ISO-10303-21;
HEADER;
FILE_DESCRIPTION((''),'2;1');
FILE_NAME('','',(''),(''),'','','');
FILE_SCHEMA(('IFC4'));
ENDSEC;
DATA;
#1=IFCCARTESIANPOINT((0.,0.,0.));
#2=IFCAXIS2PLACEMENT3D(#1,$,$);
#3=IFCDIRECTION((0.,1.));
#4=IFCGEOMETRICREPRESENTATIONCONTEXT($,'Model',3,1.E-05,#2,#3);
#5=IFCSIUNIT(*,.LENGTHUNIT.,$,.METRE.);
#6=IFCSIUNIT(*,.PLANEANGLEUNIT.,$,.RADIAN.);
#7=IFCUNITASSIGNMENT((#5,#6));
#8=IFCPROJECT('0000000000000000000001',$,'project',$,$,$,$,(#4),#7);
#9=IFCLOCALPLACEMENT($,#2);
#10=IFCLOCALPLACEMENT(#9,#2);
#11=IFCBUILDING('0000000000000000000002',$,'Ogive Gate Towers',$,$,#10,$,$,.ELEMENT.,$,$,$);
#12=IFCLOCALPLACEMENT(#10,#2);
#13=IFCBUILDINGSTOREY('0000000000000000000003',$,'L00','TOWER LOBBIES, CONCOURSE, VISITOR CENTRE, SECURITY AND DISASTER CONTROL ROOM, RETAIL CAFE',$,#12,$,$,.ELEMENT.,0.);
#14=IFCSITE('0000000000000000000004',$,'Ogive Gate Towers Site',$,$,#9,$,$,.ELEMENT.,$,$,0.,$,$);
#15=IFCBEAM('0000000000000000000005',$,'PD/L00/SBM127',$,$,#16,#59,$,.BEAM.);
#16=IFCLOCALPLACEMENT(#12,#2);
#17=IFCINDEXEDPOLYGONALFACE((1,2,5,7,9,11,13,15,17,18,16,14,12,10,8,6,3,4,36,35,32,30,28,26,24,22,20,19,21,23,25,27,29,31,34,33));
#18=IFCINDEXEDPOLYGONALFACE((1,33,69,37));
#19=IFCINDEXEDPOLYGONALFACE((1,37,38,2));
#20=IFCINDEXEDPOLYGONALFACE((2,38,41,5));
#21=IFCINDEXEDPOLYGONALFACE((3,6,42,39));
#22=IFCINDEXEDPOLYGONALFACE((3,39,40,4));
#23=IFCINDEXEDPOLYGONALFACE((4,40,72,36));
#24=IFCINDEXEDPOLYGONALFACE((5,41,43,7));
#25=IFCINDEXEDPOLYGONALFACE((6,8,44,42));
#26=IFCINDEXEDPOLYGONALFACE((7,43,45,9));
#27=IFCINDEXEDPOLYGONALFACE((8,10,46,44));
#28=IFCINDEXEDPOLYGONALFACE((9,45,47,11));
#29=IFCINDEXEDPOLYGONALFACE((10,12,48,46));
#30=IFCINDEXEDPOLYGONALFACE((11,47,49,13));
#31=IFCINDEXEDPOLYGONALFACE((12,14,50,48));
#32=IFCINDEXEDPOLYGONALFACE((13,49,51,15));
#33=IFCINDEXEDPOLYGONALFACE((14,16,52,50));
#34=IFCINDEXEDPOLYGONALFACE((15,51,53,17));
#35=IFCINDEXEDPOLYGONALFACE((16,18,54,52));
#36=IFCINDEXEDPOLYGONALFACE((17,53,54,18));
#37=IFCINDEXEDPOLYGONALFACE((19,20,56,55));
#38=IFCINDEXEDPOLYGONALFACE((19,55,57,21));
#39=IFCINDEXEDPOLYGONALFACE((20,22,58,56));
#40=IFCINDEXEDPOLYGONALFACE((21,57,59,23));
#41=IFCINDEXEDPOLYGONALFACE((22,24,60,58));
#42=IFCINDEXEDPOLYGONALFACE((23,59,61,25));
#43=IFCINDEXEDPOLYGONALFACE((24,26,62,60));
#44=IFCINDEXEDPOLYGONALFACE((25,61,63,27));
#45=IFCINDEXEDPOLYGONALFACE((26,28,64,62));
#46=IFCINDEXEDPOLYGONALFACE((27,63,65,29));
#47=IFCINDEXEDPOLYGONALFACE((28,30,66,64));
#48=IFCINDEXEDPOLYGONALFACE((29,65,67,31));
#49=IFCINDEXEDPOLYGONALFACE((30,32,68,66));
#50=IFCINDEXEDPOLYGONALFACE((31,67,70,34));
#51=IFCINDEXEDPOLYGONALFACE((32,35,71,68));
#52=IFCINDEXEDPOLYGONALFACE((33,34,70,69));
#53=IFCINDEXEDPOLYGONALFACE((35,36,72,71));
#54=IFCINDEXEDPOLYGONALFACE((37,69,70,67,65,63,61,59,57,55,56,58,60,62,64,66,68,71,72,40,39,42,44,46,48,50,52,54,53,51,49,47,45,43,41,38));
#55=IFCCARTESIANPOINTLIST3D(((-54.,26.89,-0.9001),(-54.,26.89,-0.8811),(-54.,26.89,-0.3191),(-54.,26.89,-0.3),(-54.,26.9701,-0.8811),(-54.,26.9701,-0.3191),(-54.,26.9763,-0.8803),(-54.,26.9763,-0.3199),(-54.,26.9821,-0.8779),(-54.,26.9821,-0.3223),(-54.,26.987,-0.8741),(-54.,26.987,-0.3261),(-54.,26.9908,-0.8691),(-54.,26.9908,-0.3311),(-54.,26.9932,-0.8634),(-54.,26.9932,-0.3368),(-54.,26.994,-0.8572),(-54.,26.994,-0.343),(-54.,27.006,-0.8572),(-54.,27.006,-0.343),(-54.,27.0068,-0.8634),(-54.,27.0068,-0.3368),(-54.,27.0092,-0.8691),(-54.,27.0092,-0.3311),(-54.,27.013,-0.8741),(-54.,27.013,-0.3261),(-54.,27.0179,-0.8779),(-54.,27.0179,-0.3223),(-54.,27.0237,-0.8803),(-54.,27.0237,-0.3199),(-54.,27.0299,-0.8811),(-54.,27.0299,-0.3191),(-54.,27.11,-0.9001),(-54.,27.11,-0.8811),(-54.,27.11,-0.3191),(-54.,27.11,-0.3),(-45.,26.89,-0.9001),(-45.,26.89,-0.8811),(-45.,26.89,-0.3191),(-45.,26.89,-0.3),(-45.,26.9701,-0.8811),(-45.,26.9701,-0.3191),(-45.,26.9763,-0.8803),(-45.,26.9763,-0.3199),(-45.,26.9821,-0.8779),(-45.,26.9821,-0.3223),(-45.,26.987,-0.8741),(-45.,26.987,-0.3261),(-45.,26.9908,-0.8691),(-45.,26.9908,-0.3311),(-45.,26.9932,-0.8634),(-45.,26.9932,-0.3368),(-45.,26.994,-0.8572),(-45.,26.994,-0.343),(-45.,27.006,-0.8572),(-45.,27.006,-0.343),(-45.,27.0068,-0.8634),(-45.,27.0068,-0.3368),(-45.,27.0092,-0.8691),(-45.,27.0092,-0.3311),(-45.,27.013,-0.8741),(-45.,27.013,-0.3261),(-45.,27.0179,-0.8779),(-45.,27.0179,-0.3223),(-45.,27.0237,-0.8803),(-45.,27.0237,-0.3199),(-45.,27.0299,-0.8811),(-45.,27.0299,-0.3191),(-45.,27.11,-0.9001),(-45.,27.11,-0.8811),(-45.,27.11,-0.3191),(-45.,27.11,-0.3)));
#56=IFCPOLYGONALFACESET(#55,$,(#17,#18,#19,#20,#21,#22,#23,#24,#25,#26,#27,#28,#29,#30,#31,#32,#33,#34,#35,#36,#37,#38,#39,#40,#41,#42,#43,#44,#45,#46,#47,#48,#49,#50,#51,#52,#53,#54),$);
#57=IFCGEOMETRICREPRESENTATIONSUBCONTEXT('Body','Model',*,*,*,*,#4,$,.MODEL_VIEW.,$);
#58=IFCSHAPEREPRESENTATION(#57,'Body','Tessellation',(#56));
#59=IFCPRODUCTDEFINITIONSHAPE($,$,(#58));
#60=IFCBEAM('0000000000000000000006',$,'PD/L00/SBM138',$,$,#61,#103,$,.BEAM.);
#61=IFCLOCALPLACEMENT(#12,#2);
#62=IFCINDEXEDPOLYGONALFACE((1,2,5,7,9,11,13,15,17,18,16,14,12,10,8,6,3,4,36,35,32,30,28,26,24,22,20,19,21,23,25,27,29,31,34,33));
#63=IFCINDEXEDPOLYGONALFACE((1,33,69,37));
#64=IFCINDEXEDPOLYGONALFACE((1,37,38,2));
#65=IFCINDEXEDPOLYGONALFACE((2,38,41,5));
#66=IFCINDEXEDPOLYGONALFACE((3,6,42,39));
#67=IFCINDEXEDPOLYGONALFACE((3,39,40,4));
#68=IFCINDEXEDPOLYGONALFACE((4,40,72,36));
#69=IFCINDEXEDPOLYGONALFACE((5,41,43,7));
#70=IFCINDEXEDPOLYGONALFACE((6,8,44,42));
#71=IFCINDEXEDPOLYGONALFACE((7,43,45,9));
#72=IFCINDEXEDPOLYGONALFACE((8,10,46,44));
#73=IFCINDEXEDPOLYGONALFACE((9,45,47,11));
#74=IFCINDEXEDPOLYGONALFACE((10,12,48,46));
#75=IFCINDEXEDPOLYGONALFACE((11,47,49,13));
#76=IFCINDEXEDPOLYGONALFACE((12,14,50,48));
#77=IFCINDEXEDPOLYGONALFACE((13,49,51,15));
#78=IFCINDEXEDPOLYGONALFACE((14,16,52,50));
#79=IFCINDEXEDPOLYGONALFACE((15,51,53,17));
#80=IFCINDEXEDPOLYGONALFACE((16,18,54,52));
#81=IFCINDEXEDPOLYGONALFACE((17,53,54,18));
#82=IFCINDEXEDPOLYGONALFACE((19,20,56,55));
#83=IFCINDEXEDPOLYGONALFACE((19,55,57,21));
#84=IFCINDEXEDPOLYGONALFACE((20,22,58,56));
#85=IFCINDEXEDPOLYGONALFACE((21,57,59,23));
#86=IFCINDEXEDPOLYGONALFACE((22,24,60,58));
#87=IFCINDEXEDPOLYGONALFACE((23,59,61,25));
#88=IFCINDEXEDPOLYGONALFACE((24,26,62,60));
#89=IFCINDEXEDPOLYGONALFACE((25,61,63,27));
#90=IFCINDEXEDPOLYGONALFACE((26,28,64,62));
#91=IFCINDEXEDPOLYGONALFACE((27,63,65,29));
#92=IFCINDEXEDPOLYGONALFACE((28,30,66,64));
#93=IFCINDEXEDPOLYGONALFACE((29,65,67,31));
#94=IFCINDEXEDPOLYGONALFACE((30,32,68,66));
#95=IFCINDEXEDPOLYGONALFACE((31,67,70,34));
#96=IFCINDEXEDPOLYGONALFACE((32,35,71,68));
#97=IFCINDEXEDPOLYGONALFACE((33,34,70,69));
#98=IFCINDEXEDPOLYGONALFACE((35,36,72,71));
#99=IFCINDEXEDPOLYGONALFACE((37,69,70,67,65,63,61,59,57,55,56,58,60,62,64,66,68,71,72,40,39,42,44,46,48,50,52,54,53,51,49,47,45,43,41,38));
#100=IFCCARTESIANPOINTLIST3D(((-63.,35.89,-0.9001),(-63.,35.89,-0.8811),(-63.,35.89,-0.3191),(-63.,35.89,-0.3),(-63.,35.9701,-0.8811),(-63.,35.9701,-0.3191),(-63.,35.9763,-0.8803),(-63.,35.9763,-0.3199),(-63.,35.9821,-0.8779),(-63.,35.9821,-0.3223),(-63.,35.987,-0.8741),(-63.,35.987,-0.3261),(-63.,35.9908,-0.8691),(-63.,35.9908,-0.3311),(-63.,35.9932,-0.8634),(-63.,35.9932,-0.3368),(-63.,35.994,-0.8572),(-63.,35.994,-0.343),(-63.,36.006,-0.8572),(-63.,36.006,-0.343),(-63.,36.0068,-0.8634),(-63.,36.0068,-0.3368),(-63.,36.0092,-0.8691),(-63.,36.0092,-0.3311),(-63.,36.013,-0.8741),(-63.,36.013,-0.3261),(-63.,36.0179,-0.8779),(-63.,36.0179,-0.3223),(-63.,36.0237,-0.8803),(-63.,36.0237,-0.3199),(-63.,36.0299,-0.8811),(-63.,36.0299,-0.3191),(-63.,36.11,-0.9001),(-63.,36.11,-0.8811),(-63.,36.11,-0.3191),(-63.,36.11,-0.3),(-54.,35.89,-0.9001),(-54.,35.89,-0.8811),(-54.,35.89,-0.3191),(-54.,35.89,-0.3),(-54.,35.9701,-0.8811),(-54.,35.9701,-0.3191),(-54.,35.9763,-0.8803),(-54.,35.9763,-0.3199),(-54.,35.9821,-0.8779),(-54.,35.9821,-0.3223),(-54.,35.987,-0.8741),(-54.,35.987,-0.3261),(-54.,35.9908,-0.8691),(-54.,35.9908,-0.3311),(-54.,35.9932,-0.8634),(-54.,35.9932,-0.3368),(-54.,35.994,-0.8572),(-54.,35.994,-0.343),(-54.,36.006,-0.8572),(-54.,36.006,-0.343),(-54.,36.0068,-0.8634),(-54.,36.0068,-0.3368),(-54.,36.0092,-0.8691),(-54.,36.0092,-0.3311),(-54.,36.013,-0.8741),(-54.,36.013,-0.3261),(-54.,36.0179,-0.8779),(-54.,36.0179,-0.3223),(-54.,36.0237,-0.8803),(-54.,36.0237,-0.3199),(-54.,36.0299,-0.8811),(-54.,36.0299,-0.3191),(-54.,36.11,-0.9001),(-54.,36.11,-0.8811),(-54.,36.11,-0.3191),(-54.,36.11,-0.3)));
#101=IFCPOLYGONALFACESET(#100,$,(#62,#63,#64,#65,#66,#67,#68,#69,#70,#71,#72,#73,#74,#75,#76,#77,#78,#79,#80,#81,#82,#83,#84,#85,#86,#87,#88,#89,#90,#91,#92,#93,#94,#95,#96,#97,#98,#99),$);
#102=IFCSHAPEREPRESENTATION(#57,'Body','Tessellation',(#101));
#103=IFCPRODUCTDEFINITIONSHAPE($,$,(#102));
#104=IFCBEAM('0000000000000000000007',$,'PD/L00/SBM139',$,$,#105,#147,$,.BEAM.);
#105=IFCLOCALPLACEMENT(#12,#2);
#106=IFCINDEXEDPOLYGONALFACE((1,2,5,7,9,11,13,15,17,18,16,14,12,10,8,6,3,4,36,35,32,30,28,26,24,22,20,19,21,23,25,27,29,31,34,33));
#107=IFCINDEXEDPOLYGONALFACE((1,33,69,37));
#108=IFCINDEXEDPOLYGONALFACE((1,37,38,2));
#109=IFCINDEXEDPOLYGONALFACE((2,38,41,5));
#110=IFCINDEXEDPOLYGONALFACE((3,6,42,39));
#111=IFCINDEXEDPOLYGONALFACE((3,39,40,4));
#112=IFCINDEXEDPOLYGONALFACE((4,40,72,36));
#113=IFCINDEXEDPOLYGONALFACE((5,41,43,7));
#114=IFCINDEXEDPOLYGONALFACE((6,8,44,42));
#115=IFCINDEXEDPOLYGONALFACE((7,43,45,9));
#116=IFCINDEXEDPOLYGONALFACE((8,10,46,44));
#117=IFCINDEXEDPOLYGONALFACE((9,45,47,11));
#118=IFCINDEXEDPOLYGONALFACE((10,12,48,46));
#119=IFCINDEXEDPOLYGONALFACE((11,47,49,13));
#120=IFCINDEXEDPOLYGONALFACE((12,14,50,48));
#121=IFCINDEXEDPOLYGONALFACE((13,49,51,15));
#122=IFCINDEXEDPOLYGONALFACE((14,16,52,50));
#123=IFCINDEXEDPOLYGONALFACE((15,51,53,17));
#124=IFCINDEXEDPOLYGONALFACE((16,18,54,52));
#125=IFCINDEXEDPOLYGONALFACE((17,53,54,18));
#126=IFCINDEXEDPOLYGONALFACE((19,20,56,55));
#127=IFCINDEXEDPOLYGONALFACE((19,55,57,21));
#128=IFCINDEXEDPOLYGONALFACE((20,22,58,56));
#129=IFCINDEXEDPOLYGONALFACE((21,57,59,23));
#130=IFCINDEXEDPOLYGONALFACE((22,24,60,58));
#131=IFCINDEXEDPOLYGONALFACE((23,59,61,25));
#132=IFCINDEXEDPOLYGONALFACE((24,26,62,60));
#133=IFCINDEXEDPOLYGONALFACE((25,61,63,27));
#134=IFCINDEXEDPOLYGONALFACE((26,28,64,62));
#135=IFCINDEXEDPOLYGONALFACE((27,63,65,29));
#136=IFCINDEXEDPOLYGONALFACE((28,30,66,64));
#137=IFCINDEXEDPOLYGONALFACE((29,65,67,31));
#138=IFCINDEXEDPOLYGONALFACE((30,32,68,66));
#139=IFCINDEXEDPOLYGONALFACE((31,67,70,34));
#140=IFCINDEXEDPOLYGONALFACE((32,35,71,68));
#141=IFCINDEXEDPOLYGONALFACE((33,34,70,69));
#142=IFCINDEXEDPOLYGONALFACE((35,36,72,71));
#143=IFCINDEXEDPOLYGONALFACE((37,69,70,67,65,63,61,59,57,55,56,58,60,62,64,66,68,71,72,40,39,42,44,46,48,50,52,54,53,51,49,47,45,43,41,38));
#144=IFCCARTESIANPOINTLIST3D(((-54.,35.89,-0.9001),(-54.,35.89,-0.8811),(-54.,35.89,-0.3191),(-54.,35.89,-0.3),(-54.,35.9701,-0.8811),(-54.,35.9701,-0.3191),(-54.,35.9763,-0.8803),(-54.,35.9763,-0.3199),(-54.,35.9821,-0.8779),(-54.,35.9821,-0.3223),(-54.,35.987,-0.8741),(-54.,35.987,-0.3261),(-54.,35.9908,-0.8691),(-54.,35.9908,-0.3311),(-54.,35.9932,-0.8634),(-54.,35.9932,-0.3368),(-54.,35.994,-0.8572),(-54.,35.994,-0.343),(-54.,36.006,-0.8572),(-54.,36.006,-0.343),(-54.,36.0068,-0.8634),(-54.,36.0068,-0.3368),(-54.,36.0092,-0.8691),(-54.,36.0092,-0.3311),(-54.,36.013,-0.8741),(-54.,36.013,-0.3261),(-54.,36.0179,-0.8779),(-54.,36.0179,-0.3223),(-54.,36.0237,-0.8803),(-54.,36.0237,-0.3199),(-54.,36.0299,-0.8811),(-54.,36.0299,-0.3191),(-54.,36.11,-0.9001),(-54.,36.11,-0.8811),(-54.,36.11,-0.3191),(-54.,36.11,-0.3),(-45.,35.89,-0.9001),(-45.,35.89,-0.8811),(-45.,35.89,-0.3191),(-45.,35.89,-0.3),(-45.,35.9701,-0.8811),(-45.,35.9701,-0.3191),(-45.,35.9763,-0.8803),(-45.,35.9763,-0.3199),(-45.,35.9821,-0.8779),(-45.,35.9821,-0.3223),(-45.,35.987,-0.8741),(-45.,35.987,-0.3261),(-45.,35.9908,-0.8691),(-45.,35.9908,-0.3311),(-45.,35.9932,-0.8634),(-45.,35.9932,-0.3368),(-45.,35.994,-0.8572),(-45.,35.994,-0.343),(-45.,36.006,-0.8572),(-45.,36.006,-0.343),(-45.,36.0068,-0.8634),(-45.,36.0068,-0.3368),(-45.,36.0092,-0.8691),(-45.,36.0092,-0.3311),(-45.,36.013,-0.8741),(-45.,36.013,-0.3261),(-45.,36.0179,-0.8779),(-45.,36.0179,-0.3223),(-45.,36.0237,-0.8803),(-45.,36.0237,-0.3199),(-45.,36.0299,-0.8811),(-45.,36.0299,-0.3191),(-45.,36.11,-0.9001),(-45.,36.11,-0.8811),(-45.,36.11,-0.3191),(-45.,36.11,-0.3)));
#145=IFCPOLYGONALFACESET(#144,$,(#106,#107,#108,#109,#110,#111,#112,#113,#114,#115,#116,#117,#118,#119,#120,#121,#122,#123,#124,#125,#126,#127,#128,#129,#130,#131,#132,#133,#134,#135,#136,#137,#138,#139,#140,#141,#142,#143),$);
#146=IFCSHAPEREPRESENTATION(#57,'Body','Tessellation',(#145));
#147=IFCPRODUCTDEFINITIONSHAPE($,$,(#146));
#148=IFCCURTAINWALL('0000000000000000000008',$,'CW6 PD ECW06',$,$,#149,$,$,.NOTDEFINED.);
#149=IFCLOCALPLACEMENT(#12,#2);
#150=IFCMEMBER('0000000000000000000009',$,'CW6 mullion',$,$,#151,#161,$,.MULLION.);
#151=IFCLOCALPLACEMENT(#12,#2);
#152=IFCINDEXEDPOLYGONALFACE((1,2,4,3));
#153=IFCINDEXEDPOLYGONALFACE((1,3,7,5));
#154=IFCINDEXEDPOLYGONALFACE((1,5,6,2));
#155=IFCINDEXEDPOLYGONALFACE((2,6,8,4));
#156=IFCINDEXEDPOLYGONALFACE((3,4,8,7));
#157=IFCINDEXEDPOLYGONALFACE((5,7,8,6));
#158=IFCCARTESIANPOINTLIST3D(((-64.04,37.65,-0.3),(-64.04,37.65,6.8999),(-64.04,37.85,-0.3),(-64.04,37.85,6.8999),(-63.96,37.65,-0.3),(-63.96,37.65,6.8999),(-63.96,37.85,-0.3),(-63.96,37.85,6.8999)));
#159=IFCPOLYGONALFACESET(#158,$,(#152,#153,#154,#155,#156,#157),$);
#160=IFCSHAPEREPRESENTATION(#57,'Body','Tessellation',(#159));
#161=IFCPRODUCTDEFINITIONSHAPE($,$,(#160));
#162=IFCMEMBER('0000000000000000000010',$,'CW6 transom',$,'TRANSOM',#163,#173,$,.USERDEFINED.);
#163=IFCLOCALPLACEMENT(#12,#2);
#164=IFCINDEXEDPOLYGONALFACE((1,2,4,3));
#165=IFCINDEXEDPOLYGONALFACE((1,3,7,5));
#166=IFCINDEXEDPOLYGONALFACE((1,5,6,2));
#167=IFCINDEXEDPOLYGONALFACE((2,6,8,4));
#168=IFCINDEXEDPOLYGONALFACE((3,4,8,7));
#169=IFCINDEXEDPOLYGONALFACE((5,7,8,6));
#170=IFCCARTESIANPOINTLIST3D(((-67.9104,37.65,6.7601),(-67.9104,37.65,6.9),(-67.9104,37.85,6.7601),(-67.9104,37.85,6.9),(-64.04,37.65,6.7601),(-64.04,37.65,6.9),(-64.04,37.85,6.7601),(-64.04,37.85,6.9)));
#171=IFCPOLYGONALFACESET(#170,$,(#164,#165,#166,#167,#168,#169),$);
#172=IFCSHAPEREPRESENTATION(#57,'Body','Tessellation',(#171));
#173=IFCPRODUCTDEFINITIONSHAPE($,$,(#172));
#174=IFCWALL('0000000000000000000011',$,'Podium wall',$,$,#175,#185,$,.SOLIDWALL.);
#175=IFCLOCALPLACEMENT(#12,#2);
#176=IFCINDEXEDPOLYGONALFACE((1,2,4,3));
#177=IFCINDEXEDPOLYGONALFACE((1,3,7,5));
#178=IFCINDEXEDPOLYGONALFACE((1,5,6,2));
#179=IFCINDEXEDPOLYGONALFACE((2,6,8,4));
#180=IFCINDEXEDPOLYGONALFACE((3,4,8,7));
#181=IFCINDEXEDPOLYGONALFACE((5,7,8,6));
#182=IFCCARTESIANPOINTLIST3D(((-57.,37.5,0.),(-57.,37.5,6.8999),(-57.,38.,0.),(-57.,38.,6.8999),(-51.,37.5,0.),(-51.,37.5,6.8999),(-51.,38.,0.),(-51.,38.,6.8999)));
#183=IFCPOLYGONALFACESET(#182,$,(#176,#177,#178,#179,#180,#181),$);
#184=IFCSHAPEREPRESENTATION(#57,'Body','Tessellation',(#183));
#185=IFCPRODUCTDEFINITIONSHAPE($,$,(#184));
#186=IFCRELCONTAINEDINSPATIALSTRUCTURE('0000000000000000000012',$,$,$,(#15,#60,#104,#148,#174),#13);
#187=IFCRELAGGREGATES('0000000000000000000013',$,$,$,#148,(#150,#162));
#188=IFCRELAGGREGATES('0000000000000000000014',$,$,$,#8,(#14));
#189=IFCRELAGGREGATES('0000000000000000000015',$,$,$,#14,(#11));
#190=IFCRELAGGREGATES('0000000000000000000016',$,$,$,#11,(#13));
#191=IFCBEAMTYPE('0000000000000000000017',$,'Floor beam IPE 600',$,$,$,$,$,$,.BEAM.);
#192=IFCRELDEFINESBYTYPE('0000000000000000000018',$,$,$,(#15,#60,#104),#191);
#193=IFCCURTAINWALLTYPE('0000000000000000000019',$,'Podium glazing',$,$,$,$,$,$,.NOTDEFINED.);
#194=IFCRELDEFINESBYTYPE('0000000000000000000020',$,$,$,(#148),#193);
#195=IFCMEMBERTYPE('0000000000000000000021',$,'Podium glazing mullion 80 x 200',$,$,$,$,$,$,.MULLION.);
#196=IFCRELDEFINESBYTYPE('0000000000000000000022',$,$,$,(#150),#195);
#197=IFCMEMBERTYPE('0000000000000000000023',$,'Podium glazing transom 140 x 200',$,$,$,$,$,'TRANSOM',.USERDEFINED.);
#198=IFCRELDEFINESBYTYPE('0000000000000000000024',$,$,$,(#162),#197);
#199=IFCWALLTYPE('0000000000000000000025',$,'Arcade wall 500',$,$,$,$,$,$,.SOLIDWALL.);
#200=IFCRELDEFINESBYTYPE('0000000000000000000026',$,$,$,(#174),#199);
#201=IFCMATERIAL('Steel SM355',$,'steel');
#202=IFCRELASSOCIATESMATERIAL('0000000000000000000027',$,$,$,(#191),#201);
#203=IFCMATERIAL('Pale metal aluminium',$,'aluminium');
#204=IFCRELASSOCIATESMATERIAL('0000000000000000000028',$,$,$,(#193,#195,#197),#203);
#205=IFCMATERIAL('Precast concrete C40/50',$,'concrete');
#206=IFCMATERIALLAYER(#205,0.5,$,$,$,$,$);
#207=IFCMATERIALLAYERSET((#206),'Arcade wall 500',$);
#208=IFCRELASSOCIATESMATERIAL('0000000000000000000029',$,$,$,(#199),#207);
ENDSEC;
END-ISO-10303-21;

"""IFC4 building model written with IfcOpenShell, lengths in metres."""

from ifc_helpers import new_model, si_unit, direction, frame, frame_2d, origin, origin_2d, place, context, subcontext, project, spatial, rectangle, i_section, extrude, material, layer, layer_set, material_profile, profile_set, type_object, element, aggregate, save


model = new_model("IFC4")

# Units and contexts
model_context = context("Model", 3, precision=1e-05, world=origin(), true_north=direction((0.0, 1.0)))
body_context = subcontext(model_context, "Body", "Model", "MODEL_VIEW")
ifc_project = project(units=[si_unit("LENGTHUNIT", "METRE"), si_unit("PLANEANGLEUNIT", "RADIAN")], contexts=[model_context])

# Site, building, storey
site_placement = place(None, origin())
site = spatial("IfcSite", under=ifc_project, at=site_placement, Name="Ogive Gate Towers Site", CompositionType="ELEMENT", RefElevation=0.0)
building_placement = place(site_placement, origin())
building = spatial("IfcBuilding", under=site, at=building_placement, Name="Ogive Gate Towers", CompositionType="ELEMENT")
storey_placement = place(building_placement, origin())
storey = spatial("IfcBuildingStorey", under=building, at=storey_placement, Name="L00", Description="TOWER LOBBIES, CONCOURSE, VISITOR CENTRE, SECURITY AND DISASTER CONTROL ROOM, RETAIL CAFE", CompositionType="ELEMENT", Elevation=0.0)

# Shared definitions
ifc_material_1 = material(Name="Precast concrete C40/50", Category="concrete")

# Beams
ifc_material_2 = material(Name="Steel SM355", Category="steel")
ifc_material_profile_1 = material_profile(ifc_material_2, i_section(OverallWidth=0.22, OverallDepth=0.6001, WebThickness=0.012, FlangeThickness=0.019, FilletRadius=0.0239, at=origin_2d()), Name="IPE 600")
ifc_profile_set_1 = profile_set([ifc_material_profile_1], Name="Steel SM355")
beam_type_1 = type_object("IfcBeamType", Name="Floor beam IPE 600", PredefinedType="BEAM", material=ifc_profile_set_1)
for number, where, z_axis, x_axis, name in (
    (1, (-54.0, 27.0, -0.6001), (1.0, 0.0, 0.0), (0.0, 1.0, 0.0), "PD/L00/SBM127"),
    (2, (-63.0, 36.0, -0.6001), (1.0, 0.0, 0.0), (0.0, 1.0, 0.0), "PD/L00/SBM138"),
    (3, (-54.0, 36.0, -0.6001), (1.0, 0.0, 0.0), (0.0, 1.0, 0.0), "PD/L00/SBM139"),
):
    element("IfcBeam", number, at=place(storey_placement, frame(where, z_axis=z_axis, x_axis=x_axis)), inside=storey, type_object=beam_type_1, Name=name, PredefinedType="BEAM", context=body_context, shape_type="SweptSolid", body=[
        extrude(i_section(OverallWidth=0.22, OverallDepth=0.6001, WebThickness=0.012, FlangeThickness=0.019, FilletRadius=0.0239, at=origin_2d()), origin(), (0.0, 0.0, 1.0), 9.0),
    ])

# Curtain wall, members
ifc_material_3 = material(Name="Pale metal aluminium", Category="aluminium")
curtain_wall_type = type_object("IfcCurtainWallType", Name="Podium glazing", PredefinedType="NOTDEFINED", material=ifc_material_3)
curtain_wall_placement = place(storey_placement, origin())
curtain_wall = element("IfcCurtainWall", 4, at=curtain_wall_placement, inside=storey, type_object=curtain_wall_type, Name="CW6 PD ECW06", PredefinedType="NOTDEFINED")
ifc_material_profile_2 = material_profile(ifc_material_3, rectangle(XDim=0.2, YDim=0.0801, at=origin_2d()), Name="80 x 200 aluminium box")
ifc_profile_set_2 = profile_set([ifc_material_profile_2], Name="Pale metal aluminium")
member_type_1 = type_object("IfcMemberType", Name="Podium glazing mullion 80 x 200", PredefinedType="MULLION", material=ifc_profile_set_2)
member_1_placement = place(storey_placement, frame((-64.0, 37.75, -0.3), z_axis=(0.0, 0.0, 1.0), x_axis=(0.0, 1.0, 0.0)))
member_1 = element("IfcMember", 5, at=member_1_placement, type_object=member_type_1, Name="CW6 mullion", PredefinedType="MULLION", context=body_context, shape_type="SweptSolid", body=[
    extrude(rectangle(XDim=0.2, YDim=0.0801, at=origin_2d()), origin(), (0.0, 0.0, 1.0), 7.2),
])
ifc_material_profile_3 = material_profile(ifc_material_3, rectangle(XDim=0.2, YDim=0.1399, at=origin_2d()), Name="140 x 200 aluminium box")
ifc_profile_set_3 = profile_set([ifc_material_profile_3], Name="Pale metal aluminium")
member_type_2 = type_object("IfcMemberType", Name="Podium glazing transom 140 x 200", ElementType="TRANSOM", PredefinedType="USERDEFINED", material=ifc_profile_set_3)
member_2_placement = place(storey_placement, frame((-64.04, 37.75, 6.8301), z_axis=(-1.0, 0.0, 0.0), x_axis=(0.0, -1.0, 0.0)))
member_2 = element("IfcMember", 6, at=member_2_placement, type_object=member_type_2, Name="CW6 transom", ObjectType="TRANSOM", PredefinedType="USERDEFINED", context=body_context, shape_type="SweptSolid", body=[
    extrude(rectangle(XDim=0.2, YDim=0.1399, at=origin_2d()), origin(), (0.0, 0.0, 1.0), 3.8704),
])
aggregate(curtain_wall, [member_1, member_2])

# Wall
ifc_layer = layer(ifc_material_1, 0.5)
ifc_layer_set = layer_set([ifc_layer], Name="Arcade wall 500")
wall_type = type_object("IfcWallType", Name="Arcade wall 500", PredefinedType="SOLIDWALL", material=ifc_layer_set)
wall_1_placement = place(storey_placement, frame((-51.0, 37.75, 0.0), z_axis=(0.0, 0.0, 1.0), x_axis=(-1.0, 0.0, 0.0)))
element("IfcWall", 7, at=wall_1_placement, inside=storey, type_object=wall_type, Name="Podium wall", PredefinedType="SOLIDWALL", context=body_context, shape_type="SweptSolid", body=[
    extrude(rectangle(XDim=6.0, YDim=0.5, at=frame_2d((3.0, 0.0))), origin(), (0.0, 0.0, 1.0), 6.8999),
])

save(model, "model.ifc")
